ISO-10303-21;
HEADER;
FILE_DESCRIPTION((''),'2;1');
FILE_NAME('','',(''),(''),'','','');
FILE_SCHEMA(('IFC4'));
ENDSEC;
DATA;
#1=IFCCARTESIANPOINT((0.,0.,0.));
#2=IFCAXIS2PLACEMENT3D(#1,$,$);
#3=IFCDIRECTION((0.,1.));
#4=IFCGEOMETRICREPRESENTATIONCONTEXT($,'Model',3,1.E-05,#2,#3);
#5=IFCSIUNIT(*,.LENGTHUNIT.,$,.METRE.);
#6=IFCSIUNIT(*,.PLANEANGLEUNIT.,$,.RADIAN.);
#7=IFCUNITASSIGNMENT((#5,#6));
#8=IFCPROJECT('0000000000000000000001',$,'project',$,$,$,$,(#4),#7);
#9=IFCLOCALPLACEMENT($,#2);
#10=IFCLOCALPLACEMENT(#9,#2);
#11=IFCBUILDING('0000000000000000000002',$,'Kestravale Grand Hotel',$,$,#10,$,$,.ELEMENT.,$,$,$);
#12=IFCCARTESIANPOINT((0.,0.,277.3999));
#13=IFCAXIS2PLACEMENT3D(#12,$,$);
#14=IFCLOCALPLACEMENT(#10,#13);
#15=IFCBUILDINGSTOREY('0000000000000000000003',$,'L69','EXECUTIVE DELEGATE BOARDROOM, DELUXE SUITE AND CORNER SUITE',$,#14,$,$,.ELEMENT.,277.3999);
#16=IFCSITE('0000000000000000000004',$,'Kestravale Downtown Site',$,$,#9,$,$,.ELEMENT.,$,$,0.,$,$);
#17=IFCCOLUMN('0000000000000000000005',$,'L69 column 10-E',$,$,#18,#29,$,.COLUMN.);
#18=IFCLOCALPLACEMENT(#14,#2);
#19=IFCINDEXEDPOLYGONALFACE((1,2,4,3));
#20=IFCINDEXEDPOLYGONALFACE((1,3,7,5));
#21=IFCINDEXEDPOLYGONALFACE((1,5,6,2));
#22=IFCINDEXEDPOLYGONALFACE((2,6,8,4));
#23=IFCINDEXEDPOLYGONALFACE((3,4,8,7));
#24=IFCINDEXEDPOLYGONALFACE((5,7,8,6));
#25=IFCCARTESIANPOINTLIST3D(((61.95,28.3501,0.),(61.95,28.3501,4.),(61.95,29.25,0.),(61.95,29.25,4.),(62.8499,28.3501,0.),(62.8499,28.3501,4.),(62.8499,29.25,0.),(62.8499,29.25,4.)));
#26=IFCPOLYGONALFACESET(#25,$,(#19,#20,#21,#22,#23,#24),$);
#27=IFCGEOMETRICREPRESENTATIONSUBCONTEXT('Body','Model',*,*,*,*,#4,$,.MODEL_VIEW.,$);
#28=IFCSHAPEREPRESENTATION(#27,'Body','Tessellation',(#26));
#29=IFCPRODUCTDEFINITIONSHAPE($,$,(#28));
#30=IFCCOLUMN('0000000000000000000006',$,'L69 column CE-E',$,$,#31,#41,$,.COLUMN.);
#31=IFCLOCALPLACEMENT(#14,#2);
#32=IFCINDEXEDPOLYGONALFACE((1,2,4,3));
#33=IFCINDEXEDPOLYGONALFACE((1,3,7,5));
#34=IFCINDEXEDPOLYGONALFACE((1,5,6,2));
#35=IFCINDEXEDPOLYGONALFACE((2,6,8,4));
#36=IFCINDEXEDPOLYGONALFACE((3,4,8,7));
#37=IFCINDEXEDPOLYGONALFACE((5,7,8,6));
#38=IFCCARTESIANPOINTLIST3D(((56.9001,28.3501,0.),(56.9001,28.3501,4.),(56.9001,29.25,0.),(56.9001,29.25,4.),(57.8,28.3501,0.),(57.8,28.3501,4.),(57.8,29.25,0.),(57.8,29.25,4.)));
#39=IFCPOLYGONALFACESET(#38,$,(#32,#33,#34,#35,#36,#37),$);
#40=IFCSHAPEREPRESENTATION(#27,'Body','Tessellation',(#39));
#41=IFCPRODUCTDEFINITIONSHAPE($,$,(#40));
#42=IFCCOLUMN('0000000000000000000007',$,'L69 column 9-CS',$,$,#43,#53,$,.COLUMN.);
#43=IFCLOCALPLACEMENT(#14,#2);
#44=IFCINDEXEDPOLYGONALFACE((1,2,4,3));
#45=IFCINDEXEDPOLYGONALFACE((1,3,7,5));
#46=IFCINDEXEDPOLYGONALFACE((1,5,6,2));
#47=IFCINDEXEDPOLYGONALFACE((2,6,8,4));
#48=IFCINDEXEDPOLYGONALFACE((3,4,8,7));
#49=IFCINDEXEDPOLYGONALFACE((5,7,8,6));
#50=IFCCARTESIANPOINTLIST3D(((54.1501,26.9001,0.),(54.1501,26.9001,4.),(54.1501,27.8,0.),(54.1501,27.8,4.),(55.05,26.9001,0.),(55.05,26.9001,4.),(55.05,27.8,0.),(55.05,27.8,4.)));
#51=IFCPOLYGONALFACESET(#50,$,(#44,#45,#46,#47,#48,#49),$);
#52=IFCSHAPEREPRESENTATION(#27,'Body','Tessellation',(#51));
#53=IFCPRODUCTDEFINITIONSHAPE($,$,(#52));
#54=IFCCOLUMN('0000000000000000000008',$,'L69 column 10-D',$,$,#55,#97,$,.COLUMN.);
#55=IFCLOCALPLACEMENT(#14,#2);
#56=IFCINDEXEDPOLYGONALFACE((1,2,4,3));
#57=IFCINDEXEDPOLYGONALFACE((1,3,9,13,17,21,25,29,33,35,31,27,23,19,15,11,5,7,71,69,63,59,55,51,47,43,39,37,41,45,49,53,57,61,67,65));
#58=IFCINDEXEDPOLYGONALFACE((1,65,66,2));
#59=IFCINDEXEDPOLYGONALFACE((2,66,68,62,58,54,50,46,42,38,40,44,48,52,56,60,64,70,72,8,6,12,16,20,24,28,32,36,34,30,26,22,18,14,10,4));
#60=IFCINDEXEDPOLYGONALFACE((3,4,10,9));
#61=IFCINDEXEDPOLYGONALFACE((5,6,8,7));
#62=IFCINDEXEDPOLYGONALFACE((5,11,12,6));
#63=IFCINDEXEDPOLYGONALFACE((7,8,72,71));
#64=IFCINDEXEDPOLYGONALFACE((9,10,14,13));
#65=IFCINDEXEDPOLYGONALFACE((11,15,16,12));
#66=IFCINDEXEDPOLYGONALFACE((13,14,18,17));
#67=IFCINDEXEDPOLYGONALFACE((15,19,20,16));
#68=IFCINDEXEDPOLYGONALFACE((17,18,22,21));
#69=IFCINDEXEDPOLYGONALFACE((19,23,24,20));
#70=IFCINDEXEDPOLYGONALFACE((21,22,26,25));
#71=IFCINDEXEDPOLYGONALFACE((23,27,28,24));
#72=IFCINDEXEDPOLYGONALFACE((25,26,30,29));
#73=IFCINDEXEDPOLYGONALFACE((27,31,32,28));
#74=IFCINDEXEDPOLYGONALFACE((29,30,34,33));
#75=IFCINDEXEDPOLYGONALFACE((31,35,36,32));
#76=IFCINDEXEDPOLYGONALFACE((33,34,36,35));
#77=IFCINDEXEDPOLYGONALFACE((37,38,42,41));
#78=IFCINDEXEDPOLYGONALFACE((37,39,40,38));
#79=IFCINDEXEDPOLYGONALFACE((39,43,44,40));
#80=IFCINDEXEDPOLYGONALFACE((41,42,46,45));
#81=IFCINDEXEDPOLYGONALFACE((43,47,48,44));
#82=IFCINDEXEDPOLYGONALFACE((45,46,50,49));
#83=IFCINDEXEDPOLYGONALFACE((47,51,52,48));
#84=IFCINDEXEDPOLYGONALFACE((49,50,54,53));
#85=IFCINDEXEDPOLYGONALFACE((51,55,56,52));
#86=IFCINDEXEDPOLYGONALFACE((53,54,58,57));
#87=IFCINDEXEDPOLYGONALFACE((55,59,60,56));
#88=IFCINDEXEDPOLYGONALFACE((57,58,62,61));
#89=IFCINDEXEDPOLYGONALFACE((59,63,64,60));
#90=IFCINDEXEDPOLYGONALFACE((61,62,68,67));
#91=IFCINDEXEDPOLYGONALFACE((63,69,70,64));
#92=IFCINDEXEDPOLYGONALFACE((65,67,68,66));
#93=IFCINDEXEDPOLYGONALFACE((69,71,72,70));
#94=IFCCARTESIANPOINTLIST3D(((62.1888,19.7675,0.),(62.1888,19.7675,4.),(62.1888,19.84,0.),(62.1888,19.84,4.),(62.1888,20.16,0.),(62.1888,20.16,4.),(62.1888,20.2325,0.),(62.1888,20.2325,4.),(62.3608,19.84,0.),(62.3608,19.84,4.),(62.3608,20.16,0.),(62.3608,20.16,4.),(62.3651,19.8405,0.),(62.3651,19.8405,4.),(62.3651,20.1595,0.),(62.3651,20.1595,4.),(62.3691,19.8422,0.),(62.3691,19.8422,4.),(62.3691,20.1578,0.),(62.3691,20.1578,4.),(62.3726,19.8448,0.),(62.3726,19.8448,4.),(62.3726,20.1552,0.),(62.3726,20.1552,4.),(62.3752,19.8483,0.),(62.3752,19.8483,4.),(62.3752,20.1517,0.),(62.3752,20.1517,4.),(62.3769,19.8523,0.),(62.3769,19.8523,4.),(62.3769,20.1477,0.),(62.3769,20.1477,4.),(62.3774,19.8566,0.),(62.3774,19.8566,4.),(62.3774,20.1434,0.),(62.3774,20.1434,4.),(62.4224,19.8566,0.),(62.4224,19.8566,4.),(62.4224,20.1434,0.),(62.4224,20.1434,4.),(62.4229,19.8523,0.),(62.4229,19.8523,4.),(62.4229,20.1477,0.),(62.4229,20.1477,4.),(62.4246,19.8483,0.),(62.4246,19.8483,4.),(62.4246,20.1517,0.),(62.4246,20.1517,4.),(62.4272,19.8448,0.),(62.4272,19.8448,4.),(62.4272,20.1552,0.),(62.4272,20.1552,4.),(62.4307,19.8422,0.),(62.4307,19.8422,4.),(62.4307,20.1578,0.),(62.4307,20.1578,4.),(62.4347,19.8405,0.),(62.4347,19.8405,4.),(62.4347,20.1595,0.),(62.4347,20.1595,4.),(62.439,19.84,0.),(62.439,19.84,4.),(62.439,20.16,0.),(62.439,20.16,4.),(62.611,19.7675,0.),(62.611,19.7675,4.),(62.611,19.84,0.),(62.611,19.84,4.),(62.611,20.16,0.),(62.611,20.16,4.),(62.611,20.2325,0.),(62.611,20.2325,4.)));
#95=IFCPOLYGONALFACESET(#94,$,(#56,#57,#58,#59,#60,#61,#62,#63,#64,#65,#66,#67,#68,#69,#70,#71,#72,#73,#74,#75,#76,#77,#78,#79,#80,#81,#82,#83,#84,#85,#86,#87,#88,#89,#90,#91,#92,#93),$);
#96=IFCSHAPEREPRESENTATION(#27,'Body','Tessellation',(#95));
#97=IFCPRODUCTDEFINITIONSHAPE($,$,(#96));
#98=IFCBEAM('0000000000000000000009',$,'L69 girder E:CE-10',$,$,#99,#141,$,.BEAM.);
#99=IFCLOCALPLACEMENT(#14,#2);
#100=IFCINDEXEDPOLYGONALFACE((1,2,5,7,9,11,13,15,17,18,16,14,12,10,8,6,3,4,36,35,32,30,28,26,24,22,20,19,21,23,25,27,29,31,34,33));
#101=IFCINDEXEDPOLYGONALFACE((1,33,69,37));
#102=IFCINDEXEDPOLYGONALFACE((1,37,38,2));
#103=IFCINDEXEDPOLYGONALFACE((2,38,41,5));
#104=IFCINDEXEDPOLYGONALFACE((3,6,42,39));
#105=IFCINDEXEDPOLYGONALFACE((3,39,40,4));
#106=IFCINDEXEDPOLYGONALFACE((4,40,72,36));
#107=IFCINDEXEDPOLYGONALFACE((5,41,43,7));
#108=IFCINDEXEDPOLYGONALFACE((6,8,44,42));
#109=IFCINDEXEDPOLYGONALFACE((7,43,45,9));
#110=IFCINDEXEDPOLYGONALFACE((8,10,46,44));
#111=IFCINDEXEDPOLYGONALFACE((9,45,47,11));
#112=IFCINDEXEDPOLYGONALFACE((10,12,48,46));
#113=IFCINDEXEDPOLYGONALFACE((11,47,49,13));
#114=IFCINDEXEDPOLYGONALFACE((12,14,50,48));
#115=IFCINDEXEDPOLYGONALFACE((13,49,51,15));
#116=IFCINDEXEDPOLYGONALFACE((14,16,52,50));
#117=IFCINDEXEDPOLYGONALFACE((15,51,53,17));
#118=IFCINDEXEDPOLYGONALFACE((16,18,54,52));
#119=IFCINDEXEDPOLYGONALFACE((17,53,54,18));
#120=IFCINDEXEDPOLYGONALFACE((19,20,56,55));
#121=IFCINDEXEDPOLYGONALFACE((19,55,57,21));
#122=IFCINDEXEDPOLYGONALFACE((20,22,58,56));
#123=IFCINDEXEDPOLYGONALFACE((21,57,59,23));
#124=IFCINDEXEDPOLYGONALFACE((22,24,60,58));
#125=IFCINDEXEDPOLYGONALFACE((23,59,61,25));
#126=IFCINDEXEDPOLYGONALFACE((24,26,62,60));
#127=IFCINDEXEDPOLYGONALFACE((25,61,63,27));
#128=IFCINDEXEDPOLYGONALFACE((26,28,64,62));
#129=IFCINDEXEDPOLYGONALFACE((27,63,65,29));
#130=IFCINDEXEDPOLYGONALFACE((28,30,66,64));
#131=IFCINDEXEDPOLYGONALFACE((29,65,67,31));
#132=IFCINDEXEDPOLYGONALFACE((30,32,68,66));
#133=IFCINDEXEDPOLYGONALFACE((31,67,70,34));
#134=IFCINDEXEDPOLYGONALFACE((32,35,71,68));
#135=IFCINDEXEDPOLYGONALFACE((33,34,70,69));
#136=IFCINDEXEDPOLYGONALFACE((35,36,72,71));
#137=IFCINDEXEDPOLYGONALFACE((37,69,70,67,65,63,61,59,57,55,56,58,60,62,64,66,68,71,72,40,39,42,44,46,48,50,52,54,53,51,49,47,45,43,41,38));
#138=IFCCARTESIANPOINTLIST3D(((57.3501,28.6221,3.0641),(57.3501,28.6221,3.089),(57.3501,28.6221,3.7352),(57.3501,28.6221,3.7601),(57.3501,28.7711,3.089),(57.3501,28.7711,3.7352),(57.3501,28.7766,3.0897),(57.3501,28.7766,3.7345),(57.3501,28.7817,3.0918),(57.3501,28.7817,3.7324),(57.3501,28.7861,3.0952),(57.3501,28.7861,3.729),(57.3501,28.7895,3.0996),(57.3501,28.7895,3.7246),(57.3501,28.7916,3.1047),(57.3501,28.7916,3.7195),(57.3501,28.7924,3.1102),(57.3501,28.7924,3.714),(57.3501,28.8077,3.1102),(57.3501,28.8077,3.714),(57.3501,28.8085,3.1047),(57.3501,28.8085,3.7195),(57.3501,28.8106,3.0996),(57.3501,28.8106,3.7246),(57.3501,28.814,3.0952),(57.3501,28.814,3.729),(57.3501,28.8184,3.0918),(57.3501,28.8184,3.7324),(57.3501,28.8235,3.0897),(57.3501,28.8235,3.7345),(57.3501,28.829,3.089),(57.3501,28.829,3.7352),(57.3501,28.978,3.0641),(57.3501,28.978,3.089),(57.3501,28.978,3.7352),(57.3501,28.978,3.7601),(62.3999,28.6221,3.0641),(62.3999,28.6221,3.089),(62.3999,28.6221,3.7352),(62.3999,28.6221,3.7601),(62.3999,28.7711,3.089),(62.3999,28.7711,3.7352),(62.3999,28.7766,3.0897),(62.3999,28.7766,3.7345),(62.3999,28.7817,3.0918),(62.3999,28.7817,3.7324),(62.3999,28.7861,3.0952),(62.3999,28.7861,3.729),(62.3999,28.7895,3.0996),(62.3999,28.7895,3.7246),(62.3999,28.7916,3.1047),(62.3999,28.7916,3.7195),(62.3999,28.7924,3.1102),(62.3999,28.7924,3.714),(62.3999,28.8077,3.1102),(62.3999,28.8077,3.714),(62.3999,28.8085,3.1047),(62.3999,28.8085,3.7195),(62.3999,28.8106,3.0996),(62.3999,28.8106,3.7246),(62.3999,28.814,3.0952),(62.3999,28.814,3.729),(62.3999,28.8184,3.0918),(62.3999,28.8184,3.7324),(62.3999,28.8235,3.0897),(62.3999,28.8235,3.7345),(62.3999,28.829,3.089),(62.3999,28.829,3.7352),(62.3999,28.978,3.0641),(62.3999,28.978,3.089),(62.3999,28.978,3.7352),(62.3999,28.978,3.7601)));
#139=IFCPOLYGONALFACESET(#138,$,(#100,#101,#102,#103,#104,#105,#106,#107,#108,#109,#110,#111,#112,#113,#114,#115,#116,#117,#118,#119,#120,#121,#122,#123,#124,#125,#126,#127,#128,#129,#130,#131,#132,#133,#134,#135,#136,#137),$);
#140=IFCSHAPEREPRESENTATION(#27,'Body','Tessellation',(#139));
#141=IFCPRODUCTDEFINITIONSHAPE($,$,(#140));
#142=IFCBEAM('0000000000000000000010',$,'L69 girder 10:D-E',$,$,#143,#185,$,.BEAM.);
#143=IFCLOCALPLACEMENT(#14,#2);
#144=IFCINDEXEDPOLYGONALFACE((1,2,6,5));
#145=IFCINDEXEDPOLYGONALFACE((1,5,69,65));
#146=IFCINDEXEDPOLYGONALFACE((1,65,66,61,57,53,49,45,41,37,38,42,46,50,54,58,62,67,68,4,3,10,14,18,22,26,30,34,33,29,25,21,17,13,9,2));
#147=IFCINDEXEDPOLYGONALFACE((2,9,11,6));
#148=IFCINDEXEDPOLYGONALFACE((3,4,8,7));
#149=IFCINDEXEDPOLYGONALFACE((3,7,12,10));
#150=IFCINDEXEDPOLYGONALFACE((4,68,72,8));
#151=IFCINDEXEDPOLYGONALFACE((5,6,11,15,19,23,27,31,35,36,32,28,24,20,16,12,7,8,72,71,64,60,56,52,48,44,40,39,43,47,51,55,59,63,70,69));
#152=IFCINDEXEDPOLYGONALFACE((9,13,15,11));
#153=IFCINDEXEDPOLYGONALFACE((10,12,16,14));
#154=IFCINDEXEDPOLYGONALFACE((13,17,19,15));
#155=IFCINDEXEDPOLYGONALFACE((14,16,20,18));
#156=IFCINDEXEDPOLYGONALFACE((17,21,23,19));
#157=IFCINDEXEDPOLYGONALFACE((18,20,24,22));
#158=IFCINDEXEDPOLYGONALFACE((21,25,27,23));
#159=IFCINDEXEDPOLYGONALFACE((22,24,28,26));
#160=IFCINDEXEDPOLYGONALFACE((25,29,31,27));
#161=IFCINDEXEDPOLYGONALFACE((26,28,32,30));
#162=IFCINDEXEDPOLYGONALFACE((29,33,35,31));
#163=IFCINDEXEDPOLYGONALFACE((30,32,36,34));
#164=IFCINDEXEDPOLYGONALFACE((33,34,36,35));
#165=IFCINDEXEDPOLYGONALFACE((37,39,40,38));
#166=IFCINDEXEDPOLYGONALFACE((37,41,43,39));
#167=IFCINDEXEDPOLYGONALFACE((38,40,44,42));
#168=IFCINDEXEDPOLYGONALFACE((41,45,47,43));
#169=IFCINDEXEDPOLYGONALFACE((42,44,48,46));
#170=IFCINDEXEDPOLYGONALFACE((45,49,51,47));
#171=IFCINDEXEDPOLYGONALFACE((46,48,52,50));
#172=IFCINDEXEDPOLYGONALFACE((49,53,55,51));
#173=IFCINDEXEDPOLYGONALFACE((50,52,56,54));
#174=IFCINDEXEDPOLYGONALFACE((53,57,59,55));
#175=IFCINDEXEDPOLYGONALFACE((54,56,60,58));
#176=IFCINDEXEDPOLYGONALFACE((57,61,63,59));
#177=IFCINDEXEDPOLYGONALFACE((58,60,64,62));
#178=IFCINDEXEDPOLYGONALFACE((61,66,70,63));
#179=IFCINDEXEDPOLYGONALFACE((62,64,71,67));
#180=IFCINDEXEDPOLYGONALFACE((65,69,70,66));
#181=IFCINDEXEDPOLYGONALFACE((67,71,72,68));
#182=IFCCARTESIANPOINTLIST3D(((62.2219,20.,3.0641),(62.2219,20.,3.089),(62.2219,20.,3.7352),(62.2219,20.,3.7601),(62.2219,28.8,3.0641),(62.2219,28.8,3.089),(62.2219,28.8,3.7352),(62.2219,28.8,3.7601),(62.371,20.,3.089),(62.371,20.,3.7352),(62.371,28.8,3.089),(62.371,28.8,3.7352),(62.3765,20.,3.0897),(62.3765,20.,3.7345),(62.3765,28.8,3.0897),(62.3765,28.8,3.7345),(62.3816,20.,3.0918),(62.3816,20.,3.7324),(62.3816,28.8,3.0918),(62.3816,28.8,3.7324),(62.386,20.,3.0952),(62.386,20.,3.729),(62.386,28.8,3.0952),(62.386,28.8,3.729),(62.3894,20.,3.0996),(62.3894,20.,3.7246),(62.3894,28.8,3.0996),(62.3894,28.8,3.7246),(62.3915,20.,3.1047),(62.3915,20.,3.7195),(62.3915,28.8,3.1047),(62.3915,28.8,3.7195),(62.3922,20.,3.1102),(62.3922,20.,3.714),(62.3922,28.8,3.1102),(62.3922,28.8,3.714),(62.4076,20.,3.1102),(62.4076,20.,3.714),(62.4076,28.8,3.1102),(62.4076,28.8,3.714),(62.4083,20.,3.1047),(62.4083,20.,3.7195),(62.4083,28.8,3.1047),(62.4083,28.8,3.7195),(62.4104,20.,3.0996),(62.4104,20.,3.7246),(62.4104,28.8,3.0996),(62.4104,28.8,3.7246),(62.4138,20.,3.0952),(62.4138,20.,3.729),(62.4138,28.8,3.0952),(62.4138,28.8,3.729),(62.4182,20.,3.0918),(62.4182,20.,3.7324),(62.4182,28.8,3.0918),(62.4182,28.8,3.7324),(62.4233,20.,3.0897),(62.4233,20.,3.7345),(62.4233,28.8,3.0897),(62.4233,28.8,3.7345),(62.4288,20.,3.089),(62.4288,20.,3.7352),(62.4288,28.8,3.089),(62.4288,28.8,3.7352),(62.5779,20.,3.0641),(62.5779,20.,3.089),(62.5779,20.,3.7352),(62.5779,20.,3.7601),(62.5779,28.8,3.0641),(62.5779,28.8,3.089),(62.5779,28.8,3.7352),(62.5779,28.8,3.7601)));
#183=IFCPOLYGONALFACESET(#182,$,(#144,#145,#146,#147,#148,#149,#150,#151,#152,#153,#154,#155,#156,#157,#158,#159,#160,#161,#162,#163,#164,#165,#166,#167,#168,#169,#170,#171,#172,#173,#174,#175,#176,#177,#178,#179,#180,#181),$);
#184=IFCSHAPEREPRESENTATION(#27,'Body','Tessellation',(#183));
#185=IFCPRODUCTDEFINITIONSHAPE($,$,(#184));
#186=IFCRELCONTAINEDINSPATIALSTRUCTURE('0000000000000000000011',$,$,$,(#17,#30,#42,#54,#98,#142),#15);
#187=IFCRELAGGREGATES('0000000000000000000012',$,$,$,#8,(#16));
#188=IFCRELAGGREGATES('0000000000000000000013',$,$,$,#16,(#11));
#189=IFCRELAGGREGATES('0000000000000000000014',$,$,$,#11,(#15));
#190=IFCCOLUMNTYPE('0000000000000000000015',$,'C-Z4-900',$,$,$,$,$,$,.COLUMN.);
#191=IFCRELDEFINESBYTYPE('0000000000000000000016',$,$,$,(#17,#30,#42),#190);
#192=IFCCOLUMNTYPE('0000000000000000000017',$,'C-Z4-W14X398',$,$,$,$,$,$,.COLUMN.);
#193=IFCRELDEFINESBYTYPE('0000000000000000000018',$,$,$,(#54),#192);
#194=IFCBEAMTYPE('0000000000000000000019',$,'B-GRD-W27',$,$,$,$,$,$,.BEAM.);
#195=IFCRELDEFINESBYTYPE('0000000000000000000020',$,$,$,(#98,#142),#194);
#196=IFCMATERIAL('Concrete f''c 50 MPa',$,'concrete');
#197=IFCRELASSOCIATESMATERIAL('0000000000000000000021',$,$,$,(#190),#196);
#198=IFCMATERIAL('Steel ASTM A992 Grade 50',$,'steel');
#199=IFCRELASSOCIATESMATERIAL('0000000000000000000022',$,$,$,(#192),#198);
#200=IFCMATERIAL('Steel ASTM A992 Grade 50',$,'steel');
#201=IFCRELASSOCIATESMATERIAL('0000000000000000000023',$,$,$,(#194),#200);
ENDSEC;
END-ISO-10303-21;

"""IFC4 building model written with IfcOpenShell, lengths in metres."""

from ifc_helpers import new_model, si_unit, direction, frame, origin, origin_2d, place, context, subcontext, project, spatial, rectangle, i_section, extrude, material, material_profile, profile_set, type_object, element, save


model = new_model("IFC4")

# Units and contexts
model_context = context("Model", 3, precision=1e-05, world=origin(), true_north=direction((0.0, 1.0)))
body_context = subcontext(model_context, "Body", "Model", "MODEL_VIEW")
ifc_project = project(units=[si_unit("LENGTHUNIT", "METRE"), si_unit("PLANEANGLEUNIT", "RADIAN")], contexts=[model_context])

# Site, building, storey
site_placement = place(None, origin())
site = spatial("IfcSite", under=ifc_project, at=site_placement, Name="Kestravale Downtown Site", CompositionType="ELEMENT", RefElevation=0.0)
building_placement = place(site_placement, origin())
building = spatial("IfcBuilding", under=site, at=building_placement, Name="Kestravale Grand Hotel", CompositionType="ELEMENT")
storey_placement = place(building_placement, frame((0.0, 0.0, 277.3999)))
storey = spatial("IfcBuildingStorey", under=building, at=storey_placement, Name="L69", Description="EXECUTIVE DELEGATE BOARDROOM, DELUXE SUITE AND CORNER SUITE", CompositionType="ELEMENT", Elevation=277.3999)

# Columns
ifc_material_1 = material(Name="Concrete f'c 50 MPa", Category="concrete")
ifc_material_profile_1 = material_profile(ifc_material_1, rectangle(XDim=0.8999, YDim=0.8999, at=origin_2d()))
ifc_profile_set_1 = profile_set([ifc_material_profile_1], Name="Concrete f'c 50 MPa")
column_type_1 = type_object("IfcColumnType", Name="C-Z4-900", PredefinedType="COLUMN", material=ifc_profile_set_1)
for number, where, z_axis, x_axis, name in (
    (1, (62.3999, 28.8, 0.0), (0.0, 0.0, 1.0), (1.0, 0.0, 0.0), "L69 column 10-E"),
    (2, (57.3501, 28.8, 0.0), (0.0, 0.0, 1.0), (1.0, 0.0, 0.0), "L69 column CE-E"),
    (3, (54.6001, 27.3501, 0.0), (0.0, 0.0, 1.0), (1.0, 0.0, 0.0), "L69 column 9-CS"),
):
    element("IfcColumn", number, at=place(storey_placement, frame(where, z_axis=z_axis, x_axis=x_axis)), inside=storey, type_object=column_type_1, Name=name, PredefinedType="COLUMN", context=body_context, shape_type="SweptSolid", body=[
        extrude(rectangle(XDim=0.8999, YDim=0.8999, at=origin_2d()), origin(), (0.0, 0.0, 1.0), 4.0),
    ])
ifc_material_2 = material(Name="Steel ASTM A992 Grade 50", Category="steel")
ifc_material_profile_2 = material_profile(ifc_material_2, i_section(OverallWidth=0.4221, OverallDepth=0.4651, WebThickness=0.0449, FlangeThickness=0.0725, FilletRadius=0.0166, at=origin_2d()))
ifc_profile_set_2 = profile_set([ifc_material_profile_2], Name="Steel ASTM A992 Grade 50")
column_type_2 = type_object("IfcColumnType", Name="C-Z4-W14X398", PredefinedType="COLUMN", material=ifc_profile_set_2)
column_placement = place(storey_placement, frame((62.3999, 20.0, 0.0), z_axis=(0.0, 0.0, 1.0), x_axis=(1.0, 0.0, 0.0)))
element("IfcColumn", 4, at=column_placement, inside=storey, type_object=column_type_2, Name="L69 column 10-D", PredefinedType="COLUMN", context=body_context, shape_type="SweptSolid", body=[
    extrude(i_section(OverallWidth=0.4221, OverallDepth=0.4651, WebThickness=0.0449, FlangeThickness=0.0725, FilletRadius=0.0166, at=origin_2d()), origin(), (0.0, 0.0, 1.0), 4.0),
])

# Beams
ifc_material_3 = material(Name="Steel ASTM A992 Grade 50", Category="steel")
ifc_material_profile_3 = material_profile(ifc_material_3, i_section(OverallWidth=0.356, OverallDepth=0.696, WebThickness=0.0154, FlangeThickness=0.0249, FilletRadius=0.0212, at=origin_2d()))
ifc_profile_set_3 = profile_set([ifc_material_profile_3], Name="Steel ASTM A992 Grade 50")
beam_type = type_object("IfcBeamType", Name="B-GRD-W27", PredefinedType="BEAM", material=ifc_profile_set_3)
beam_1_placement = place(storey_placement, frame((57.3501, 28.8, 3.4121), z_axis=(1.0, 0.0, 0.0), x_axis=(0.0, 1.0, 0.0)))
element("IfcBeam", 5, at=beam_1_placement, inside=storey, type_object=beam_type, Name="L69 girder E:CE-10", PredefinedType="BEAM", context=body_context, shape_type="SweptSolid", body=[
    extrude(i_section(OverallWidth=0.356, OverallDepth=0.696, WebThickness=0.0154, FlangeThickness=0.0249, FilletRadius=0.0212, at=origin_2d()), origin(), (0.0, 0.0, 1.0), 5.0498),
])
beam_2_placement = place(storey_placement, frame((62.3999, 20.0, 3.4121), z_axis=(0.0, 1.0, 0.0), x_axis=(-1.0, 0.0, 0.0)))
element("IfcBeam", 6, at=beam_2_placement, inside=storey, type_object=beam_type, Name="L69 girder 10:D-E", PredefinedType="BEAM", context=body_context, shape_type="SweptSolid", body=[
    extrude(i_section(OverallWidth=0.356, OverallDepth=0.696, WebThickness=0.0154, FlangeThickness=0.0249, FilletRadius=0.0212, at=origin_2d()), origin(), (0.0, 0.0, 1.0), 8.8),
])

save(model, "model.ifc")
